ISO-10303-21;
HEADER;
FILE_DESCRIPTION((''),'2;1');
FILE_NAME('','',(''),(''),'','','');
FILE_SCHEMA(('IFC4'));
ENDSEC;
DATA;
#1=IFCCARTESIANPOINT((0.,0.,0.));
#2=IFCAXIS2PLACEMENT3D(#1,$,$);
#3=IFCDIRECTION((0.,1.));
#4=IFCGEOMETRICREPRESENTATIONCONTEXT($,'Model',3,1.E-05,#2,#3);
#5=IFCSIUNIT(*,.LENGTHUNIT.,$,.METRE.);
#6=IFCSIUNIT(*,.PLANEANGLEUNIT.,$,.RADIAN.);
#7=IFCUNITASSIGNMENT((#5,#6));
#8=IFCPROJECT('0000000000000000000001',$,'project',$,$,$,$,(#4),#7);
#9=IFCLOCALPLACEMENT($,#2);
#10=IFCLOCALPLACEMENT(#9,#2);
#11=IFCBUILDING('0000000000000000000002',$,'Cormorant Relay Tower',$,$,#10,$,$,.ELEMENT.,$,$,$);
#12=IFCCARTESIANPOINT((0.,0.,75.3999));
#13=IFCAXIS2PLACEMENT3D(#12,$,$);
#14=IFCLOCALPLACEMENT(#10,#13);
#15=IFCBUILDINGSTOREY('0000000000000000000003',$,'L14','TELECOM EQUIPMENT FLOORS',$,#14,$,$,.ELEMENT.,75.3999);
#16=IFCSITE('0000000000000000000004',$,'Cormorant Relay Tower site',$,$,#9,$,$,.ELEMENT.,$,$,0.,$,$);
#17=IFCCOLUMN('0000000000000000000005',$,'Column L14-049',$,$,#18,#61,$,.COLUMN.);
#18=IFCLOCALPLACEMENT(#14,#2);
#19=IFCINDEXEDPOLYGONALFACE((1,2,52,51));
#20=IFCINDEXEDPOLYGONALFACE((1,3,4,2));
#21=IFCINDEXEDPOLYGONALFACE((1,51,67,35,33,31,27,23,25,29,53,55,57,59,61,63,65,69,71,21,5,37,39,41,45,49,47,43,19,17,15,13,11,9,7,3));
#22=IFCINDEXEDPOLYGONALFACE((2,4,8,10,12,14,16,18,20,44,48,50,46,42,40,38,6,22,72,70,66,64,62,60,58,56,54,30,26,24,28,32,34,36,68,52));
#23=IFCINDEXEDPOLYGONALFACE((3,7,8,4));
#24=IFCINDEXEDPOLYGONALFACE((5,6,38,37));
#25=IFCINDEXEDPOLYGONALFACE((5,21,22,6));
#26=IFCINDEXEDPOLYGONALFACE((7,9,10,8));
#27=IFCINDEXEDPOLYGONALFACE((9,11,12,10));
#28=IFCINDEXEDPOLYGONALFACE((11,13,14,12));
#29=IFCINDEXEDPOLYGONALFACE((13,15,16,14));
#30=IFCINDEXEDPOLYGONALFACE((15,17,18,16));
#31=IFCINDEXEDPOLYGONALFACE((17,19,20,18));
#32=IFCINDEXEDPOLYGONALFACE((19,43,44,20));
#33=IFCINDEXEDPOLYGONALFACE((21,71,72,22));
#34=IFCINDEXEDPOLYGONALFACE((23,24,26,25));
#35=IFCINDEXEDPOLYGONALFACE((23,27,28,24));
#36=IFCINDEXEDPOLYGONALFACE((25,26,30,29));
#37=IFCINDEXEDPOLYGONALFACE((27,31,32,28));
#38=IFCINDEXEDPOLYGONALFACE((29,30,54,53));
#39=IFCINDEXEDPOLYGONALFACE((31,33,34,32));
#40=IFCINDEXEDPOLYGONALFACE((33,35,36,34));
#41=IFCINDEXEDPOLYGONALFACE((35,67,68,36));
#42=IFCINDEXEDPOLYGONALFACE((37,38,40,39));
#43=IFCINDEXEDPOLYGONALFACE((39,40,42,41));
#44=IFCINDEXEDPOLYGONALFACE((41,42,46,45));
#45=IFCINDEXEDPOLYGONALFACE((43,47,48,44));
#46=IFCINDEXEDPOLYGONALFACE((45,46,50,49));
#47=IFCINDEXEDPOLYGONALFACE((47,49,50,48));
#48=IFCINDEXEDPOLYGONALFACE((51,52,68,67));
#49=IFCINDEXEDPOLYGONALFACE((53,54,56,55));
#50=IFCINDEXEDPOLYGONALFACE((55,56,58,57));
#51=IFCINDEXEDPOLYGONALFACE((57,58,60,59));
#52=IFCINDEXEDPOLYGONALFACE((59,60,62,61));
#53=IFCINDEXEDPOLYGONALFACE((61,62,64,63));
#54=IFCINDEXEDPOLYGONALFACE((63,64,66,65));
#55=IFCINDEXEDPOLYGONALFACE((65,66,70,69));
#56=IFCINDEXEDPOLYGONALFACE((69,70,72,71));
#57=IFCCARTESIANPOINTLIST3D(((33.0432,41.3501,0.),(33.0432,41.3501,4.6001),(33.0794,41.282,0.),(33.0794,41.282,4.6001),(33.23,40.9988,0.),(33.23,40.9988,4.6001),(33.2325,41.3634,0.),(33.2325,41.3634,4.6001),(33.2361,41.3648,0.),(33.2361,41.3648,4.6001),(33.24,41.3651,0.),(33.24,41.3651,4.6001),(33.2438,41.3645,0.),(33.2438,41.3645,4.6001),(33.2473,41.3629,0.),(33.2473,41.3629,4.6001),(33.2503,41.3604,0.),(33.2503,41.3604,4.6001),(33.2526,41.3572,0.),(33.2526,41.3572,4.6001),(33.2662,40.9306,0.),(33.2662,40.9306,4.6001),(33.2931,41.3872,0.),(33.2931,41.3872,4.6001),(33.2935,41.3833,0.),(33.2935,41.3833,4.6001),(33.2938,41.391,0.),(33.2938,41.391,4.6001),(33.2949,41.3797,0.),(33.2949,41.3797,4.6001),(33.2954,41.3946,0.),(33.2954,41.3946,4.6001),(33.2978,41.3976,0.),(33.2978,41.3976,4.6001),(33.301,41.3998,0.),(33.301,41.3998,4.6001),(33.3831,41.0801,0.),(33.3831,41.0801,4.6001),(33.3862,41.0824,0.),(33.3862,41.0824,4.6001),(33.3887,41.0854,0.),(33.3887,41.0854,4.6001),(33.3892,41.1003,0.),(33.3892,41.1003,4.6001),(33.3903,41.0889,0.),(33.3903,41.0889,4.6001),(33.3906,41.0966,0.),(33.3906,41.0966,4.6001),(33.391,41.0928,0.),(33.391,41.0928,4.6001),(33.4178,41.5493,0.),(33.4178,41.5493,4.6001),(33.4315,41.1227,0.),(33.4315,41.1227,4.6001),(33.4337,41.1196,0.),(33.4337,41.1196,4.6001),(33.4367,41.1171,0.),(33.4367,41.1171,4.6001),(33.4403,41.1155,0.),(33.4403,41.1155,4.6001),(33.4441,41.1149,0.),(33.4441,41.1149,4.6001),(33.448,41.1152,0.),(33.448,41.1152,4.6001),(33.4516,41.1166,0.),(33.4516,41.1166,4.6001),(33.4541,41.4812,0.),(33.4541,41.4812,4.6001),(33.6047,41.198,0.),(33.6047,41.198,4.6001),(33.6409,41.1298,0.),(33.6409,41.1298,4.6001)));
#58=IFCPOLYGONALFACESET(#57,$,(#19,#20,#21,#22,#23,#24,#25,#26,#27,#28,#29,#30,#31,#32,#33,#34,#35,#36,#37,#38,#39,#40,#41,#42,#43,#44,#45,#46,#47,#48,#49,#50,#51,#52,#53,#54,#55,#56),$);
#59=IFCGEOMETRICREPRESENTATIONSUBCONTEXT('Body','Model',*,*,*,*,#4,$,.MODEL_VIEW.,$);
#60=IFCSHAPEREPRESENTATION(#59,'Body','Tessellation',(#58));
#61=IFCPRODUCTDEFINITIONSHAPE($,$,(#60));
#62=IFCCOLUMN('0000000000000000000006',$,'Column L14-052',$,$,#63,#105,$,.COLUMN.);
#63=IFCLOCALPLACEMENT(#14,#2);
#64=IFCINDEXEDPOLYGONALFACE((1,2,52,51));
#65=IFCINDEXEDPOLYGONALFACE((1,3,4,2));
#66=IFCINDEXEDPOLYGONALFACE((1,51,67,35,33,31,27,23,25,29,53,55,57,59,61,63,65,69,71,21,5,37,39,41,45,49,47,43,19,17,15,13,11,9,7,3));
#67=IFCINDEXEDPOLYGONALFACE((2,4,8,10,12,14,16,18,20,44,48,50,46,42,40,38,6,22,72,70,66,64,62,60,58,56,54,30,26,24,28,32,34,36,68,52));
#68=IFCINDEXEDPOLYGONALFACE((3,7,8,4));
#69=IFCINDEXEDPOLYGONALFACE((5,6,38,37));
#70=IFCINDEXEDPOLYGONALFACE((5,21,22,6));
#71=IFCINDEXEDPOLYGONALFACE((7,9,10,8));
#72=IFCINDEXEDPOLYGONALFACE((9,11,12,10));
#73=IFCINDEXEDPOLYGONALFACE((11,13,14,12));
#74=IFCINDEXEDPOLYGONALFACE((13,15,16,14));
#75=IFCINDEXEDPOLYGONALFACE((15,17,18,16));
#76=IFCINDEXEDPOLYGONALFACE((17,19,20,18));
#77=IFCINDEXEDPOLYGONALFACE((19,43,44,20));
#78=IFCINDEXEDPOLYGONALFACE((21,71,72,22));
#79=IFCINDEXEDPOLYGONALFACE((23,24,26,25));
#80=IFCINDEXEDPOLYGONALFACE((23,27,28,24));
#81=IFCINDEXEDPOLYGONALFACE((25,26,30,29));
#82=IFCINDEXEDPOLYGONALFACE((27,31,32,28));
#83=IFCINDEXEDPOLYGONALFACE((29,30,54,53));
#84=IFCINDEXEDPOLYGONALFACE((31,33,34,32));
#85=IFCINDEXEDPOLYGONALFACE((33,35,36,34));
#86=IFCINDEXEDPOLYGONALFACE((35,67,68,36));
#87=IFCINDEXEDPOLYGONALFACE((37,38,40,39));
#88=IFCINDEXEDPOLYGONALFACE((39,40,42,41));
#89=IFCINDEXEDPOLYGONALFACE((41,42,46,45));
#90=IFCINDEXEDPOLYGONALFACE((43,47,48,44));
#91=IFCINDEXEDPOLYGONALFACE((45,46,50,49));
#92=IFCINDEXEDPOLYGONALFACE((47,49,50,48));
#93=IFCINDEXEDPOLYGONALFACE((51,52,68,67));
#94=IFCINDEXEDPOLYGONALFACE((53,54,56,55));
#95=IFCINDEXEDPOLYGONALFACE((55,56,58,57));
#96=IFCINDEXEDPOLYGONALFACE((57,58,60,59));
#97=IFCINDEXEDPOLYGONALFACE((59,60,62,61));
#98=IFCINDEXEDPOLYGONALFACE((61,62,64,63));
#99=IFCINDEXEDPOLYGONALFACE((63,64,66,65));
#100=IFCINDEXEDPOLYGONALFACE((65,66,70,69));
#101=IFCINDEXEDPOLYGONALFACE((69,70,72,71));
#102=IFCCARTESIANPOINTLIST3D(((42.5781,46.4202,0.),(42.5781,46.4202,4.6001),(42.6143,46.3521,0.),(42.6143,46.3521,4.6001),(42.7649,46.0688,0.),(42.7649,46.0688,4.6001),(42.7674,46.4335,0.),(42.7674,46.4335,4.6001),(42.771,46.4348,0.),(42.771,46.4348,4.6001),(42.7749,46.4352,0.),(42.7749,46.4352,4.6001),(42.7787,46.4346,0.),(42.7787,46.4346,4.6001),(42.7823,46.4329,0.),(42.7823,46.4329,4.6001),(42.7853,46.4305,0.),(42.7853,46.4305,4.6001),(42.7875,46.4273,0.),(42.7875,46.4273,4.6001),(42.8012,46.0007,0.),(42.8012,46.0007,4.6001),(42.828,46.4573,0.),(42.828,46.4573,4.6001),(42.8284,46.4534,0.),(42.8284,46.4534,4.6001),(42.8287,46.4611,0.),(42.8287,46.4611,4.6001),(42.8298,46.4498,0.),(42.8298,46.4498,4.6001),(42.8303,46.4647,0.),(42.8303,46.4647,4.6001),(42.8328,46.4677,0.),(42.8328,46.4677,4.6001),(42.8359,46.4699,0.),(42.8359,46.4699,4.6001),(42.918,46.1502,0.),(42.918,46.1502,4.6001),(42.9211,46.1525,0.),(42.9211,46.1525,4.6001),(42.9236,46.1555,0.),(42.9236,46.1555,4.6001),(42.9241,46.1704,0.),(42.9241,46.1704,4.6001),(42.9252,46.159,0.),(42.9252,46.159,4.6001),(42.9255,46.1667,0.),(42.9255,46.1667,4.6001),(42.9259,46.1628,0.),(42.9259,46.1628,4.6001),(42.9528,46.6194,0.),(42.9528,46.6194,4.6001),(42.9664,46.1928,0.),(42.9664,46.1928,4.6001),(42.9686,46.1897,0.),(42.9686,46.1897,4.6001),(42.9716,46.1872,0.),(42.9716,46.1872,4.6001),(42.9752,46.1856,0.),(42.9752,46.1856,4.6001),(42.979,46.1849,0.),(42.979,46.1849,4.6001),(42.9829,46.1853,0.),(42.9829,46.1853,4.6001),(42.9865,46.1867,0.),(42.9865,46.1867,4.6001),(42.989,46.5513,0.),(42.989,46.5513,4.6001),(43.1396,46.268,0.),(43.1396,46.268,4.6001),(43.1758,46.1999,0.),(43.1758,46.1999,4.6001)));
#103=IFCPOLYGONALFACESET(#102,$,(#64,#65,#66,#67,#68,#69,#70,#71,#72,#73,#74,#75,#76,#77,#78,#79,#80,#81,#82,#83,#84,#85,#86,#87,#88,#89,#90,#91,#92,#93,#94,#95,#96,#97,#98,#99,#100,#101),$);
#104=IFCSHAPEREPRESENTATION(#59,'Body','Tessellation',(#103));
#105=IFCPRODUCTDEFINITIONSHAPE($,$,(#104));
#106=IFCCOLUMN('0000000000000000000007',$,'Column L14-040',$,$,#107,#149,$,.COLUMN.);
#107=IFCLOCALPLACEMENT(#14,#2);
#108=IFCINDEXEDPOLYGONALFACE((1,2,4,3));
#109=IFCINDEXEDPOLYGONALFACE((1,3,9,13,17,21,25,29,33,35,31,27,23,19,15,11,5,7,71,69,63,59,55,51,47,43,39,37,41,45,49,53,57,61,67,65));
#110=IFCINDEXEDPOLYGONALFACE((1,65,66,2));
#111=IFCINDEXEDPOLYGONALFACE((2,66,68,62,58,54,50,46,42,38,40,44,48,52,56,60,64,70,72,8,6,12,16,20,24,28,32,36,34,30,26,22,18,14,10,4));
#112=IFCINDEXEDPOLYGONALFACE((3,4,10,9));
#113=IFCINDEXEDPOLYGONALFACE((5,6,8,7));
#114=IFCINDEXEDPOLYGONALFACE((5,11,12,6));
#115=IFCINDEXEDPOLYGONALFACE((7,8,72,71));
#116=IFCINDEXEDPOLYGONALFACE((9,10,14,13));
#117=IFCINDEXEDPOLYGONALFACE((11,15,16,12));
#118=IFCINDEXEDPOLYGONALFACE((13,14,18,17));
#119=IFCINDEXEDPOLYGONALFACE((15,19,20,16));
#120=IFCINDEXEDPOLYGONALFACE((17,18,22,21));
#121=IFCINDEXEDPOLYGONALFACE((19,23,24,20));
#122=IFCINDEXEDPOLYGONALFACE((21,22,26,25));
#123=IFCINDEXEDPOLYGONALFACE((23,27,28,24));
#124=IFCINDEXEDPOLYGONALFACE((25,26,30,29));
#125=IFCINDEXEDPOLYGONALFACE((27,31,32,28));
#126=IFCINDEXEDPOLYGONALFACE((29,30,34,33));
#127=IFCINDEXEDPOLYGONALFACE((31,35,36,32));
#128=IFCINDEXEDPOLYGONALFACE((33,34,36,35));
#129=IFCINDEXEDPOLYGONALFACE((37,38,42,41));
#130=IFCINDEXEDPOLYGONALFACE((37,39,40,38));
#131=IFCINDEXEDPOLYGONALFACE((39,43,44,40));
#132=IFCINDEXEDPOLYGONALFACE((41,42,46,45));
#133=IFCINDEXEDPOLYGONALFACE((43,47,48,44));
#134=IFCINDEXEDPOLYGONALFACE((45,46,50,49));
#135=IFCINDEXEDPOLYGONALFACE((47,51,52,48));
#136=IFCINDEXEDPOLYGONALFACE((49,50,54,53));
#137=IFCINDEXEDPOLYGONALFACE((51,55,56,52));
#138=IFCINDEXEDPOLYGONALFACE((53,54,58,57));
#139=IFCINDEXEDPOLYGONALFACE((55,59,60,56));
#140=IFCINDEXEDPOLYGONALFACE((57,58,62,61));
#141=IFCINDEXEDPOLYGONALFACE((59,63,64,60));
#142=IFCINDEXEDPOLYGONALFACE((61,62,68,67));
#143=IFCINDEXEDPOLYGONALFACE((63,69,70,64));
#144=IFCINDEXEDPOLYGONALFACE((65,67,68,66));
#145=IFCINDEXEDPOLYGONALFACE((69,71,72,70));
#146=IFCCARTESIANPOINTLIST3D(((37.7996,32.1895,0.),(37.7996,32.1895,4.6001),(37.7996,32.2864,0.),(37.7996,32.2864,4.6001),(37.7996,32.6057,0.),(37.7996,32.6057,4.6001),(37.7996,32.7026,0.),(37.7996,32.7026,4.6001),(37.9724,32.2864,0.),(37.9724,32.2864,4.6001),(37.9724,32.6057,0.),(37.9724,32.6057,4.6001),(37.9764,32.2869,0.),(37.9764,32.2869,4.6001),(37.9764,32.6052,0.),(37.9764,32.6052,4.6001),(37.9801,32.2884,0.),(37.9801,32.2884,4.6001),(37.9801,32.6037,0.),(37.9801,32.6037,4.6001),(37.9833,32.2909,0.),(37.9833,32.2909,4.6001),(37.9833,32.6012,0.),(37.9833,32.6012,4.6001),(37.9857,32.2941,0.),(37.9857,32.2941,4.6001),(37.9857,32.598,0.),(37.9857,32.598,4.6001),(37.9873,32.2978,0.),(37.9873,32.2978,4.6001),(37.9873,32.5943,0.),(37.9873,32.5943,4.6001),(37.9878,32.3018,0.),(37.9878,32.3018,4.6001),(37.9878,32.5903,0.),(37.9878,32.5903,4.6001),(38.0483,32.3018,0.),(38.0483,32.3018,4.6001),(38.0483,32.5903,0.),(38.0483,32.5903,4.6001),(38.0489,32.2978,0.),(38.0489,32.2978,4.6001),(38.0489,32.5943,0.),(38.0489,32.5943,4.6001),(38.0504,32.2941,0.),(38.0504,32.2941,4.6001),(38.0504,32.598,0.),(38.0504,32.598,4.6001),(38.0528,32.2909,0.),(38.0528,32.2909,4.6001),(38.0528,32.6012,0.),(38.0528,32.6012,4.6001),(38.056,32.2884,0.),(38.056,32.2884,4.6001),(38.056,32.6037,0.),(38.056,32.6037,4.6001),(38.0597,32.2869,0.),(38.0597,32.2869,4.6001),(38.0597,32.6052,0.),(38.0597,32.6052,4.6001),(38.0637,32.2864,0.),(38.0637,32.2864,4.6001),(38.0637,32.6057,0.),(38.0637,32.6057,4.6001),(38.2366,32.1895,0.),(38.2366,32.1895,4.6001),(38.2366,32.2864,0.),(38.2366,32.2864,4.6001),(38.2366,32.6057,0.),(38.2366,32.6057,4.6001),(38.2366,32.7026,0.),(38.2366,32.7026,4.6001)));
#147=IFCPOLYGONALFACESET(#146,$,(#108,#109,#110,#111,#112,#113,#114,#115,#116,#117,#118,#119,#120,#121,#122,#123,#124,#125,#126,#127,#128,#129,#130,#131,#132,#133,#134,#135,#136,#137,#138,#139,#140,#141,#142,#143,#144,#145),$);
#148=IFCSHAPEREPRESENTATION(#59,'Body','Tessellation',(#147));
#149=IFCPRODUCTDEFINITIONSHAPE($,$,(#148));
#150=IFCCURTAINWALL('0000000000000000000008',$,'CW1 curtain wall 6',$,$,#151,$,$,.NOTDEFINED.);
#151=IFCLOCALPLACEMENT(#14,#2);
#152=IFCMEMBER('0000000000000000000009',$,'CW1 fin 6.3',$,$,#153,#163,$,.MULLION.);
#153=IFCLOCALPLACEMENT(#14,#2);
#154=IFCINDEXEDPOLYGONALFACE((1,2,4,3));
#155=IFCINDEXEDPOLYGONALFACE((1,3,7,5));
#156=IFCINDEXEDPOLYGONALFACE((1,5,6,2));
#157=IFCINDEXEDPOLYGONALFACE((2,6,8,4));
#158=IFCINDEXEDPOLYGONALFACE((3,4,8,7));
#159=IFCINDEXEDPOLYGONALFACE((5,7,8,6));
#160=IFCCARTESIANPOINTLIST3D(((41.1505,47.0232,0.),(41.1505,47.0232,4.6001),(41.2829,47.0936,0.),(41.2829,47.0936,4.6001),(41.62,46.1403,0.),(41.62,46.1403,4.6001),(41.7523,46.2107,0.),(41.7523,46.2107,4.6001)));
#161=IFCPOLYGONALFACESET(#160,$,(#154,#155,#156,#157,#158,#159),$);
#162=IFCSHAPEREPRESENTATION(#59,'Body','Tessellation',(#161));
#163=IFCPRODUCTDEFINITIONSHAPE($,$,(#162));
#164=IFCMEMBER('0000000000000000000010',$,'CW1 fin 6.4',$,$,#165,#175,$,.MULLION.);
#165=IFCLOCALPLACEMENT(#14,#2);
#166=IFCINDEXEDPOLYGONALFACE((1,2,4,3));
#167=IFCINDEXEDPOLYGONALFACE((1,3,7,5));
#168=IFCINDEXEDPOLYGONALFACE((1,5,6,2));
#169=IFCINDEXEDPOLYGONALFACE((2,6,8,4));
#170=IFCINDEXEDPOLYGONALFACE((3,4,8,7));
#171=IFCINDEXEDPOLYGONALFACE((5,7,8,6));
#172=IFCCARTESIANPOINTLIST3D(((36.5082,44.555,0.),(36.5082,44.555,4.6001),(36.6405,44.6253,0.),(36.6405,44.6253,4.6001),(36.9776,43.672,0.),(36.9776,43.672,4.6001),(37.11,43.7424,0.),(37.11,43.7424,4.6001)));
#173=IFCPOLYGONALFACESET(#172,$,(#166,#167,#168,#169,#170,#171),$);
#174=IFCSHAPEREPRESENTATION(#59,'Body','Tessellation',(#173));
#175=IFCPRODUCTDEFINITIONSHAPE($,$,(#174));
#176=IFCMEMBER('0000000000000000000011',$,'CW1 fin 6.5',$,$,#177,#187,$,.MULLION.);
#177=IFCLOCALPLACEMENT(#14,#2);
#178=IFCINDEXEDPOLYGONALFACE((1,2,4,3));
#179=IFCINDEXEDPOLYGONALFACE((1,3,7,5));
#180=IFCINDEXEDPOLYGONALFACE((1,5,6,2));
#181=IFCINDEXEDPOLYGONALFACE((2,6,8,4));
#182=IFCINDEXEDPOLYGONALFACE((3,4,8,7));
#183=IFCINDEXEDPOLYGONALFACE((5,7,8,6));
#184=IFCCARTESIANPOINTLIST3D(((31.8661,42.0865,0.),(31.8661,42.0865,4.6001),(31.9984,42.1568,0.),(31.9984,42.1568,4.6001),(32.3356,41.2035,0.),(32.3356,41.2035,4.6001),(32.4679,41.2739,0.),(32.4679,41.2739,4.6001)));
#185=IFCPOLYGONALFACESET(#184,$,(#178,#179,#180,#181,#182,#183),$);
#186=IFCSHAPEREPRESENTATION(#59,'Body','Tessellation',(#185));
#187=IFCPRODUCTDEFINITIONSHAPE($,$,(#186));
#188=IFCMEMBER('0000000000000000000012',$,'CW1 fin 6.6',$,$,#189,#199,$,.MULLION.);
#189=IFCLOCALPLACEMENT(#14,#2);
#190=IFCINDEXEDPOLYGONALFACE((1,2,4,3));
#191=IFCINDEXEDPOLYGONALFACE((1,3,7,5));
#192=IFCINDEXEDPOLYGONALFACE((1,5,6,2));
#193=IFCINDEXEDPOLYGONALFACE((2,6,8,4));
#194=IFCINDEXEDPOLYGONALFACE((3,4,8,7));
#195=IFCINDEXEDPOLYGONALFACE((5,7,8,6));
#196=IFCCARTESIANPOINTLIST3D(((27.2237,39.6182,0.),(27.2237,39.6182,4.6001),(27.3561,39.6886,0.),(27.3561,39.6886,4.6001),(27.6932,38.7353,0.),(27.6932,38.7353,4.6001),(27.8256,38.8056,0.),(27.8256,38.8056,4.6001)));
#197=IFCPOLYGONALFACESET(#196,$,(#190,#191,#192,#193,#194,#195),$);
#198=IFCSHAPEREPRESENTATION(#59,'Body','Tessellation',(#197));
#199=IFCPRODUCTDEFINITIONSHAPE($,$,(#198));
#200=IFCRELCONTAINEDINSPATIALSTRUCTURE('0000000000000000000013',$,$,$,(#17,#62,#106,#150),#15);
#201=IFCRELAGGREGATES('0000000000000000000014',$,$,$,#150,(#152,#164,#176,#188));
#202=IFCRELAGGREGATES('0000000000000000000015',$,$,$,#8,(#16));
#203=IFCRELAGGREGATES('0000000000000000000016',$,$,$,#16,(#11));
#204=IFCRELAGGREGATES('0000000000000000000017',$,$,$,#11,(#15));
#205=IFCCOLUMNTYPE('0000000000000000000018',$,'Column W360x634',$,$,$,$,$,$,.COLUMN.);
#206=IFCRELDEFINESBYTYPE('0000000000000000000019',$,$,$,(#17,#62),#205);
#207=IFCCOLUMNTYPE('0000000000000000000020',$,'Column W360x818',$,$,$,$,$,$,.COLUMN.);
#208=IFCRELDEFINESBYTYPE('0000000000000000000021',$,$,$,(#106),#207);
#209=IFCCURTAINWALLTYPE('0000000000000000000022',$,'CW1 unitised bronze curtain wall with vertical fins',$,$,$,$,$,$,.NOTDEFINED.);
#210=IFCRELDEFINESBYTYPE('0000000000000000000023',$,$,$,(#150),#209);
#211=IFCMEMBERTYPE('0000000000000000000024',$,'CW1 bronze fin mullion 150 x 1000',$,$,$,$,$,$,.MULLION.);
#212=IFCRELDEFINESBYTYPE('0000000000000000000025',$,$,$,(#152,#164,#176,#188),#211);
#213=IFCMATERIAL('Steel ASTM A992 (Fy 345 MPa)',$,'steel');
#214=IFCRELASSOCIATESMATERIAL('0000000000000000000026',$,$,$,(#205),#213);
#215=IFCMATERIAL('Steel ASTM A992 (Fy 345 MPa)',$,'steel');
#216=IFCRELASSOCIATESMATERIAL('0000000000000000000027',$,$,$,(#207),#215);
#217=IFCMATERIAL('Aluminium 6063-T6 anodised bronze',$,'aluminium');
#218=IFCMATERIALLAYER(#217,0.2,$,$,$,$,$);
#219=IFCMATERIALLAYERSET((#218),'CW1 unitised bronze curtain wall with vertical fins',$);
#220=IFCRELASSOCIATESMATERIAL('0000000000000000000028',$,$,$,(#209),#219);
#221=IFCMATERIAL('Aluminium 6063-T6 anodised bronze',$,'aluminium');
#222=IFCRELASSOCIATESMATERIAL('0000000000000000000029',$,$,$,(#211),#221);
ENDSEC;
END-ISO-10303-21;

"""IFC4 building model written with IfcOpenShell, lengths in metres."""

from ifc_helpers import new_model, si_unit, direction, frame, origin, origin_2d, place, context, subcontext, project, spatial, rectangle, i_section, extrude, material, layer, layer_set, material_profile, profile_set, type_object, element, aggregate, save


model = new_model("IFC4")

# Units and contexts
model_context = context("Model", 3, precision=1e-05, world=origin(), true_north=direction((0.0, 1.0)))
body_context = subcontext(model_context, "Body", "Model", "MODEL_VIEW")
ifc_project = project(units=[si_unit("LENGTHUNIT", "METRE"), si_unit("PLANEANGLEUNIT", "RADIAN")], contexts=[model_context])

# Site, building, storey
site_placement = place(None, origin())
site = spatial("IfcSite", under=ifc_project, at=site_placement, Name="Cormorant Relay Tower site", CompositionType="ELEMENT", RefElevation=0.0)
building_placement = place(site_placement, origin())
building = spatial("IfcBuilding", under=site, at=building_placement, Name="Cormorant Relay Tower", CompositionType="ELEMENT")
storey_placement = place(building_placement, frame((0.0, 0.0, 75.3999)))
storey = spatial("IfcBuildingStorey", under=building, at=storey_placement, Name="L14", Description="TELECOM EQUIPMENT FLOORS", CompositionType="ELEMENT", Elevation=75.3999)

# Columns
ifc_material_1 = material(Name="Steel ASTM A992 (Fy 345 MPa)", Category="steel")
ifc_material_profile_1 = material_profile(ifc_material_1, i_section(OverallWidth=0.4243, OverallDepth=0.4751, WebThickness=0.0479, FlangeThickness=0.0771, FilletRadius=0.0149, at=origin_2d()), Name="W360x634")
ifc_profile_set_1 = profile_set([ifc_material_profile_1], Name="Steel ASTM A992 (Fy 345 MPa)")
column_type_1 = type_object("IfcColumnType", Name="Column W360x634", PredefinedType="COLUMN", material=ifc_profile_set_1)
for number, where, z_axis, x_axis, name in (
    (1, (33.342, 41.24, 0.0), (0.0, 0.0, 1.0), (-0.882948, -0.469472, 0.0), "Column L14-049"),
    (2, (42.877, 46.3101, 0.0), (0.0, 0.0, 1.0), (-0.882948, -0.469472, 0.0), "Column L14-052"),
):
    element("IfcColumn", number, at=place(storey_placement, frame(where, z_axis=z_axis, x_axis=x_axis)), inside=storey, type_object=column_type_1, Name=name, PredefinedType="COLUMN", context=body_context, shape_type="SweptSolid", body=[
        extrude(i_section(OverallWidth=0.4243, OverallDepth=0.4751, WebThickness=0.0479, FlangeThickness=0.0771, FilletRadius=0.0149, at=origin_2d()), origin(), (0.0, 0.0, 1.0), 4.6001),
    ])
ifc_material_2 = material(Name="Steel ASTM A992 (Fy 345 MPa)", Category="steel")
ifc_material_profile_2 = material_profile(ifc_material_2, i_section(OverallWidth=0.437, OverallDepth=0.5132, WebThickness=0.0605, FlangeThickness=0.0969, FilletRadius=0.0154, at=origin_2d()), Name="W360x818")
ifc_profile_set_2 = profile_set([ifc_material_profile_2], Name="Steel ASTM A992 (Fy 345 MPa)")
column_type_2 = type_object("IfcColumnType", Name="Column W360x818", PredefinedType="COLUMN", material=ifc_profile_set_2)
column_placement = place(storey_placement, frame((38.0181, 32.446, 0.0), z_axis=(0.0, 0.0, 1.0), x_axis=(1.0, 0.0, 0.0)))
element("IfcColumn", 3, at=column_placement, inside=storey, type_object=column_type_2, Name="Column L14-040", PredefinedType="COLUMN", context=body_context, shape_type="SweptSolid", body=[
    extrude(i_section(OverallWidth=0.437, OverallDepth=0.5132, WebThickness=0.0605, FlangeThickness=0.0969, FilletRadius=0.0154, at=origin_2d()), origin(), (0.0, 0.0, 1.0), 4.6001),
])

# Curtain wall, members
ifc_material_3 = material(Name="Aluminium 6063-T6 anodised bronze", Category="aluminium")
ifc_layer_1 = layer(ifc_material_3, 0.2)
ifc_layer_set_1 = layer_set([ifc_layer_1], Name="CW1 unitised bronze curtain wall with vertical fins")
curtain_wall_type = type_object("IfcCurtainWallType", Name="CW1 unitised bronze curtain wall with vertical fins", PredefinedType="NOTDEFINED", material=ifc_layer_set_1)
curtain_wall_placement = place(storey_placement, origin())
curtain_wall = element("IfcCurtainWall", 4, at=curtain_wall_placement, inside=storey, type_object=curtain_wall_type, Name="CW1 curtain wall 6", PredefinedType="NOTDEFINED")
ifc_material_4 = material(Name="Aluminium 6063-T6 anodised bronze", Category="aluminium")
ifc_material_profile_3 = material_profile(ifc_material_4, rectangle(XDim=0.1499, YDim=1.0, at=origin_2d()), Name="AL 150x1000")
ifc_profile_set_3 = profile_set([ifc_material_profile_3], Name="Aluminium 6063-T6 anodised bronze")
member_type = type_object("IfcMemberType", Name="CW1 bronze fin mullion 150 x 1000", PredefinedType="MULLION", material=ifc_profile_set_3)
member_1_placement = place(storey_placement, frame((41.4514, 46.6169, 0.0), z_axis=(0.0, 0.0, 1.0), x_axis=(-0.882948, -0.469472, 0.0)))
member_1 = element("IfcMember", 5, at=member_1_placement, type_object=member_type, Name="CW1 fin 6.3", PredefinedType="MULLION", context=body_context, shape_type="SweptSolid", body=[
    extrude(rectangle(XDim=0.1499, YDim=1.0, at=origin_2d()), origin(), (0.0, 0.0, 1.0), 4.6001),
])
member_2_placement = place(storey_placement, frame((36.8091, 44.1487, 0.0), z_axis=(0.0, 0.0, 1.0), x_axis=(-0.882948, -0.469472, 0.0)))
member_2 = element("IfcMember", 6, at=member_2_placement, type_object=member_type, Name="CW1 fin 6.4", PredefinedType="MULLION", context=body_context, shape_type="SweptSolid", body=[
    extrude(rectangle(XDim=0.1499, YDim=1.0, at=origin_2d()), origin(), (0.0, 0.0, 1.0), 4.6001),
])
member_3_placement = place(storey_placement, frame((32.167, 41.6802, 0.0), z_axis=(0.0, 0.0, 1.0), x_axis=(-0.882948, -0.469472, 0.0)))
member_3 = element("IfcMember", 7, at=member_3_placement, type_object=member_type, Name="CW1 fin 6.5", PredefinedType="MULLION", context=body_context, shape_type="SweptSolid", body=[
    extrude(rectangle(XDim=0.1499, YDim=1.0, at=origin_2d()), origin(), (0.0, 0.0, 1.0), 4.6001),
])
member_4_placement = place(storey_placement, frame((27.5247, 39.2119, 0.0), z_axis=(0.0, 0.0, 1.0), x_axis=(-0.882948, -0.469472, 0.0)))
member_4 = element("IfcMember", 8, at=member_4_placement, type_object=member_type, Name="CW1 fin 6.6", PredefinedType="MULLION", context=body_context, shape_type="SweptSolid", body=[
    extrude(rectangle(XDim=0.1499, YDim=1.0, at=origin_2d()), origin(), (0.0, 0.0, 1.0), 4.6001),
])

aggregate(curtain_wall, [member_1, member_2, member_3, member_4])

save(model, "model.ifc")
